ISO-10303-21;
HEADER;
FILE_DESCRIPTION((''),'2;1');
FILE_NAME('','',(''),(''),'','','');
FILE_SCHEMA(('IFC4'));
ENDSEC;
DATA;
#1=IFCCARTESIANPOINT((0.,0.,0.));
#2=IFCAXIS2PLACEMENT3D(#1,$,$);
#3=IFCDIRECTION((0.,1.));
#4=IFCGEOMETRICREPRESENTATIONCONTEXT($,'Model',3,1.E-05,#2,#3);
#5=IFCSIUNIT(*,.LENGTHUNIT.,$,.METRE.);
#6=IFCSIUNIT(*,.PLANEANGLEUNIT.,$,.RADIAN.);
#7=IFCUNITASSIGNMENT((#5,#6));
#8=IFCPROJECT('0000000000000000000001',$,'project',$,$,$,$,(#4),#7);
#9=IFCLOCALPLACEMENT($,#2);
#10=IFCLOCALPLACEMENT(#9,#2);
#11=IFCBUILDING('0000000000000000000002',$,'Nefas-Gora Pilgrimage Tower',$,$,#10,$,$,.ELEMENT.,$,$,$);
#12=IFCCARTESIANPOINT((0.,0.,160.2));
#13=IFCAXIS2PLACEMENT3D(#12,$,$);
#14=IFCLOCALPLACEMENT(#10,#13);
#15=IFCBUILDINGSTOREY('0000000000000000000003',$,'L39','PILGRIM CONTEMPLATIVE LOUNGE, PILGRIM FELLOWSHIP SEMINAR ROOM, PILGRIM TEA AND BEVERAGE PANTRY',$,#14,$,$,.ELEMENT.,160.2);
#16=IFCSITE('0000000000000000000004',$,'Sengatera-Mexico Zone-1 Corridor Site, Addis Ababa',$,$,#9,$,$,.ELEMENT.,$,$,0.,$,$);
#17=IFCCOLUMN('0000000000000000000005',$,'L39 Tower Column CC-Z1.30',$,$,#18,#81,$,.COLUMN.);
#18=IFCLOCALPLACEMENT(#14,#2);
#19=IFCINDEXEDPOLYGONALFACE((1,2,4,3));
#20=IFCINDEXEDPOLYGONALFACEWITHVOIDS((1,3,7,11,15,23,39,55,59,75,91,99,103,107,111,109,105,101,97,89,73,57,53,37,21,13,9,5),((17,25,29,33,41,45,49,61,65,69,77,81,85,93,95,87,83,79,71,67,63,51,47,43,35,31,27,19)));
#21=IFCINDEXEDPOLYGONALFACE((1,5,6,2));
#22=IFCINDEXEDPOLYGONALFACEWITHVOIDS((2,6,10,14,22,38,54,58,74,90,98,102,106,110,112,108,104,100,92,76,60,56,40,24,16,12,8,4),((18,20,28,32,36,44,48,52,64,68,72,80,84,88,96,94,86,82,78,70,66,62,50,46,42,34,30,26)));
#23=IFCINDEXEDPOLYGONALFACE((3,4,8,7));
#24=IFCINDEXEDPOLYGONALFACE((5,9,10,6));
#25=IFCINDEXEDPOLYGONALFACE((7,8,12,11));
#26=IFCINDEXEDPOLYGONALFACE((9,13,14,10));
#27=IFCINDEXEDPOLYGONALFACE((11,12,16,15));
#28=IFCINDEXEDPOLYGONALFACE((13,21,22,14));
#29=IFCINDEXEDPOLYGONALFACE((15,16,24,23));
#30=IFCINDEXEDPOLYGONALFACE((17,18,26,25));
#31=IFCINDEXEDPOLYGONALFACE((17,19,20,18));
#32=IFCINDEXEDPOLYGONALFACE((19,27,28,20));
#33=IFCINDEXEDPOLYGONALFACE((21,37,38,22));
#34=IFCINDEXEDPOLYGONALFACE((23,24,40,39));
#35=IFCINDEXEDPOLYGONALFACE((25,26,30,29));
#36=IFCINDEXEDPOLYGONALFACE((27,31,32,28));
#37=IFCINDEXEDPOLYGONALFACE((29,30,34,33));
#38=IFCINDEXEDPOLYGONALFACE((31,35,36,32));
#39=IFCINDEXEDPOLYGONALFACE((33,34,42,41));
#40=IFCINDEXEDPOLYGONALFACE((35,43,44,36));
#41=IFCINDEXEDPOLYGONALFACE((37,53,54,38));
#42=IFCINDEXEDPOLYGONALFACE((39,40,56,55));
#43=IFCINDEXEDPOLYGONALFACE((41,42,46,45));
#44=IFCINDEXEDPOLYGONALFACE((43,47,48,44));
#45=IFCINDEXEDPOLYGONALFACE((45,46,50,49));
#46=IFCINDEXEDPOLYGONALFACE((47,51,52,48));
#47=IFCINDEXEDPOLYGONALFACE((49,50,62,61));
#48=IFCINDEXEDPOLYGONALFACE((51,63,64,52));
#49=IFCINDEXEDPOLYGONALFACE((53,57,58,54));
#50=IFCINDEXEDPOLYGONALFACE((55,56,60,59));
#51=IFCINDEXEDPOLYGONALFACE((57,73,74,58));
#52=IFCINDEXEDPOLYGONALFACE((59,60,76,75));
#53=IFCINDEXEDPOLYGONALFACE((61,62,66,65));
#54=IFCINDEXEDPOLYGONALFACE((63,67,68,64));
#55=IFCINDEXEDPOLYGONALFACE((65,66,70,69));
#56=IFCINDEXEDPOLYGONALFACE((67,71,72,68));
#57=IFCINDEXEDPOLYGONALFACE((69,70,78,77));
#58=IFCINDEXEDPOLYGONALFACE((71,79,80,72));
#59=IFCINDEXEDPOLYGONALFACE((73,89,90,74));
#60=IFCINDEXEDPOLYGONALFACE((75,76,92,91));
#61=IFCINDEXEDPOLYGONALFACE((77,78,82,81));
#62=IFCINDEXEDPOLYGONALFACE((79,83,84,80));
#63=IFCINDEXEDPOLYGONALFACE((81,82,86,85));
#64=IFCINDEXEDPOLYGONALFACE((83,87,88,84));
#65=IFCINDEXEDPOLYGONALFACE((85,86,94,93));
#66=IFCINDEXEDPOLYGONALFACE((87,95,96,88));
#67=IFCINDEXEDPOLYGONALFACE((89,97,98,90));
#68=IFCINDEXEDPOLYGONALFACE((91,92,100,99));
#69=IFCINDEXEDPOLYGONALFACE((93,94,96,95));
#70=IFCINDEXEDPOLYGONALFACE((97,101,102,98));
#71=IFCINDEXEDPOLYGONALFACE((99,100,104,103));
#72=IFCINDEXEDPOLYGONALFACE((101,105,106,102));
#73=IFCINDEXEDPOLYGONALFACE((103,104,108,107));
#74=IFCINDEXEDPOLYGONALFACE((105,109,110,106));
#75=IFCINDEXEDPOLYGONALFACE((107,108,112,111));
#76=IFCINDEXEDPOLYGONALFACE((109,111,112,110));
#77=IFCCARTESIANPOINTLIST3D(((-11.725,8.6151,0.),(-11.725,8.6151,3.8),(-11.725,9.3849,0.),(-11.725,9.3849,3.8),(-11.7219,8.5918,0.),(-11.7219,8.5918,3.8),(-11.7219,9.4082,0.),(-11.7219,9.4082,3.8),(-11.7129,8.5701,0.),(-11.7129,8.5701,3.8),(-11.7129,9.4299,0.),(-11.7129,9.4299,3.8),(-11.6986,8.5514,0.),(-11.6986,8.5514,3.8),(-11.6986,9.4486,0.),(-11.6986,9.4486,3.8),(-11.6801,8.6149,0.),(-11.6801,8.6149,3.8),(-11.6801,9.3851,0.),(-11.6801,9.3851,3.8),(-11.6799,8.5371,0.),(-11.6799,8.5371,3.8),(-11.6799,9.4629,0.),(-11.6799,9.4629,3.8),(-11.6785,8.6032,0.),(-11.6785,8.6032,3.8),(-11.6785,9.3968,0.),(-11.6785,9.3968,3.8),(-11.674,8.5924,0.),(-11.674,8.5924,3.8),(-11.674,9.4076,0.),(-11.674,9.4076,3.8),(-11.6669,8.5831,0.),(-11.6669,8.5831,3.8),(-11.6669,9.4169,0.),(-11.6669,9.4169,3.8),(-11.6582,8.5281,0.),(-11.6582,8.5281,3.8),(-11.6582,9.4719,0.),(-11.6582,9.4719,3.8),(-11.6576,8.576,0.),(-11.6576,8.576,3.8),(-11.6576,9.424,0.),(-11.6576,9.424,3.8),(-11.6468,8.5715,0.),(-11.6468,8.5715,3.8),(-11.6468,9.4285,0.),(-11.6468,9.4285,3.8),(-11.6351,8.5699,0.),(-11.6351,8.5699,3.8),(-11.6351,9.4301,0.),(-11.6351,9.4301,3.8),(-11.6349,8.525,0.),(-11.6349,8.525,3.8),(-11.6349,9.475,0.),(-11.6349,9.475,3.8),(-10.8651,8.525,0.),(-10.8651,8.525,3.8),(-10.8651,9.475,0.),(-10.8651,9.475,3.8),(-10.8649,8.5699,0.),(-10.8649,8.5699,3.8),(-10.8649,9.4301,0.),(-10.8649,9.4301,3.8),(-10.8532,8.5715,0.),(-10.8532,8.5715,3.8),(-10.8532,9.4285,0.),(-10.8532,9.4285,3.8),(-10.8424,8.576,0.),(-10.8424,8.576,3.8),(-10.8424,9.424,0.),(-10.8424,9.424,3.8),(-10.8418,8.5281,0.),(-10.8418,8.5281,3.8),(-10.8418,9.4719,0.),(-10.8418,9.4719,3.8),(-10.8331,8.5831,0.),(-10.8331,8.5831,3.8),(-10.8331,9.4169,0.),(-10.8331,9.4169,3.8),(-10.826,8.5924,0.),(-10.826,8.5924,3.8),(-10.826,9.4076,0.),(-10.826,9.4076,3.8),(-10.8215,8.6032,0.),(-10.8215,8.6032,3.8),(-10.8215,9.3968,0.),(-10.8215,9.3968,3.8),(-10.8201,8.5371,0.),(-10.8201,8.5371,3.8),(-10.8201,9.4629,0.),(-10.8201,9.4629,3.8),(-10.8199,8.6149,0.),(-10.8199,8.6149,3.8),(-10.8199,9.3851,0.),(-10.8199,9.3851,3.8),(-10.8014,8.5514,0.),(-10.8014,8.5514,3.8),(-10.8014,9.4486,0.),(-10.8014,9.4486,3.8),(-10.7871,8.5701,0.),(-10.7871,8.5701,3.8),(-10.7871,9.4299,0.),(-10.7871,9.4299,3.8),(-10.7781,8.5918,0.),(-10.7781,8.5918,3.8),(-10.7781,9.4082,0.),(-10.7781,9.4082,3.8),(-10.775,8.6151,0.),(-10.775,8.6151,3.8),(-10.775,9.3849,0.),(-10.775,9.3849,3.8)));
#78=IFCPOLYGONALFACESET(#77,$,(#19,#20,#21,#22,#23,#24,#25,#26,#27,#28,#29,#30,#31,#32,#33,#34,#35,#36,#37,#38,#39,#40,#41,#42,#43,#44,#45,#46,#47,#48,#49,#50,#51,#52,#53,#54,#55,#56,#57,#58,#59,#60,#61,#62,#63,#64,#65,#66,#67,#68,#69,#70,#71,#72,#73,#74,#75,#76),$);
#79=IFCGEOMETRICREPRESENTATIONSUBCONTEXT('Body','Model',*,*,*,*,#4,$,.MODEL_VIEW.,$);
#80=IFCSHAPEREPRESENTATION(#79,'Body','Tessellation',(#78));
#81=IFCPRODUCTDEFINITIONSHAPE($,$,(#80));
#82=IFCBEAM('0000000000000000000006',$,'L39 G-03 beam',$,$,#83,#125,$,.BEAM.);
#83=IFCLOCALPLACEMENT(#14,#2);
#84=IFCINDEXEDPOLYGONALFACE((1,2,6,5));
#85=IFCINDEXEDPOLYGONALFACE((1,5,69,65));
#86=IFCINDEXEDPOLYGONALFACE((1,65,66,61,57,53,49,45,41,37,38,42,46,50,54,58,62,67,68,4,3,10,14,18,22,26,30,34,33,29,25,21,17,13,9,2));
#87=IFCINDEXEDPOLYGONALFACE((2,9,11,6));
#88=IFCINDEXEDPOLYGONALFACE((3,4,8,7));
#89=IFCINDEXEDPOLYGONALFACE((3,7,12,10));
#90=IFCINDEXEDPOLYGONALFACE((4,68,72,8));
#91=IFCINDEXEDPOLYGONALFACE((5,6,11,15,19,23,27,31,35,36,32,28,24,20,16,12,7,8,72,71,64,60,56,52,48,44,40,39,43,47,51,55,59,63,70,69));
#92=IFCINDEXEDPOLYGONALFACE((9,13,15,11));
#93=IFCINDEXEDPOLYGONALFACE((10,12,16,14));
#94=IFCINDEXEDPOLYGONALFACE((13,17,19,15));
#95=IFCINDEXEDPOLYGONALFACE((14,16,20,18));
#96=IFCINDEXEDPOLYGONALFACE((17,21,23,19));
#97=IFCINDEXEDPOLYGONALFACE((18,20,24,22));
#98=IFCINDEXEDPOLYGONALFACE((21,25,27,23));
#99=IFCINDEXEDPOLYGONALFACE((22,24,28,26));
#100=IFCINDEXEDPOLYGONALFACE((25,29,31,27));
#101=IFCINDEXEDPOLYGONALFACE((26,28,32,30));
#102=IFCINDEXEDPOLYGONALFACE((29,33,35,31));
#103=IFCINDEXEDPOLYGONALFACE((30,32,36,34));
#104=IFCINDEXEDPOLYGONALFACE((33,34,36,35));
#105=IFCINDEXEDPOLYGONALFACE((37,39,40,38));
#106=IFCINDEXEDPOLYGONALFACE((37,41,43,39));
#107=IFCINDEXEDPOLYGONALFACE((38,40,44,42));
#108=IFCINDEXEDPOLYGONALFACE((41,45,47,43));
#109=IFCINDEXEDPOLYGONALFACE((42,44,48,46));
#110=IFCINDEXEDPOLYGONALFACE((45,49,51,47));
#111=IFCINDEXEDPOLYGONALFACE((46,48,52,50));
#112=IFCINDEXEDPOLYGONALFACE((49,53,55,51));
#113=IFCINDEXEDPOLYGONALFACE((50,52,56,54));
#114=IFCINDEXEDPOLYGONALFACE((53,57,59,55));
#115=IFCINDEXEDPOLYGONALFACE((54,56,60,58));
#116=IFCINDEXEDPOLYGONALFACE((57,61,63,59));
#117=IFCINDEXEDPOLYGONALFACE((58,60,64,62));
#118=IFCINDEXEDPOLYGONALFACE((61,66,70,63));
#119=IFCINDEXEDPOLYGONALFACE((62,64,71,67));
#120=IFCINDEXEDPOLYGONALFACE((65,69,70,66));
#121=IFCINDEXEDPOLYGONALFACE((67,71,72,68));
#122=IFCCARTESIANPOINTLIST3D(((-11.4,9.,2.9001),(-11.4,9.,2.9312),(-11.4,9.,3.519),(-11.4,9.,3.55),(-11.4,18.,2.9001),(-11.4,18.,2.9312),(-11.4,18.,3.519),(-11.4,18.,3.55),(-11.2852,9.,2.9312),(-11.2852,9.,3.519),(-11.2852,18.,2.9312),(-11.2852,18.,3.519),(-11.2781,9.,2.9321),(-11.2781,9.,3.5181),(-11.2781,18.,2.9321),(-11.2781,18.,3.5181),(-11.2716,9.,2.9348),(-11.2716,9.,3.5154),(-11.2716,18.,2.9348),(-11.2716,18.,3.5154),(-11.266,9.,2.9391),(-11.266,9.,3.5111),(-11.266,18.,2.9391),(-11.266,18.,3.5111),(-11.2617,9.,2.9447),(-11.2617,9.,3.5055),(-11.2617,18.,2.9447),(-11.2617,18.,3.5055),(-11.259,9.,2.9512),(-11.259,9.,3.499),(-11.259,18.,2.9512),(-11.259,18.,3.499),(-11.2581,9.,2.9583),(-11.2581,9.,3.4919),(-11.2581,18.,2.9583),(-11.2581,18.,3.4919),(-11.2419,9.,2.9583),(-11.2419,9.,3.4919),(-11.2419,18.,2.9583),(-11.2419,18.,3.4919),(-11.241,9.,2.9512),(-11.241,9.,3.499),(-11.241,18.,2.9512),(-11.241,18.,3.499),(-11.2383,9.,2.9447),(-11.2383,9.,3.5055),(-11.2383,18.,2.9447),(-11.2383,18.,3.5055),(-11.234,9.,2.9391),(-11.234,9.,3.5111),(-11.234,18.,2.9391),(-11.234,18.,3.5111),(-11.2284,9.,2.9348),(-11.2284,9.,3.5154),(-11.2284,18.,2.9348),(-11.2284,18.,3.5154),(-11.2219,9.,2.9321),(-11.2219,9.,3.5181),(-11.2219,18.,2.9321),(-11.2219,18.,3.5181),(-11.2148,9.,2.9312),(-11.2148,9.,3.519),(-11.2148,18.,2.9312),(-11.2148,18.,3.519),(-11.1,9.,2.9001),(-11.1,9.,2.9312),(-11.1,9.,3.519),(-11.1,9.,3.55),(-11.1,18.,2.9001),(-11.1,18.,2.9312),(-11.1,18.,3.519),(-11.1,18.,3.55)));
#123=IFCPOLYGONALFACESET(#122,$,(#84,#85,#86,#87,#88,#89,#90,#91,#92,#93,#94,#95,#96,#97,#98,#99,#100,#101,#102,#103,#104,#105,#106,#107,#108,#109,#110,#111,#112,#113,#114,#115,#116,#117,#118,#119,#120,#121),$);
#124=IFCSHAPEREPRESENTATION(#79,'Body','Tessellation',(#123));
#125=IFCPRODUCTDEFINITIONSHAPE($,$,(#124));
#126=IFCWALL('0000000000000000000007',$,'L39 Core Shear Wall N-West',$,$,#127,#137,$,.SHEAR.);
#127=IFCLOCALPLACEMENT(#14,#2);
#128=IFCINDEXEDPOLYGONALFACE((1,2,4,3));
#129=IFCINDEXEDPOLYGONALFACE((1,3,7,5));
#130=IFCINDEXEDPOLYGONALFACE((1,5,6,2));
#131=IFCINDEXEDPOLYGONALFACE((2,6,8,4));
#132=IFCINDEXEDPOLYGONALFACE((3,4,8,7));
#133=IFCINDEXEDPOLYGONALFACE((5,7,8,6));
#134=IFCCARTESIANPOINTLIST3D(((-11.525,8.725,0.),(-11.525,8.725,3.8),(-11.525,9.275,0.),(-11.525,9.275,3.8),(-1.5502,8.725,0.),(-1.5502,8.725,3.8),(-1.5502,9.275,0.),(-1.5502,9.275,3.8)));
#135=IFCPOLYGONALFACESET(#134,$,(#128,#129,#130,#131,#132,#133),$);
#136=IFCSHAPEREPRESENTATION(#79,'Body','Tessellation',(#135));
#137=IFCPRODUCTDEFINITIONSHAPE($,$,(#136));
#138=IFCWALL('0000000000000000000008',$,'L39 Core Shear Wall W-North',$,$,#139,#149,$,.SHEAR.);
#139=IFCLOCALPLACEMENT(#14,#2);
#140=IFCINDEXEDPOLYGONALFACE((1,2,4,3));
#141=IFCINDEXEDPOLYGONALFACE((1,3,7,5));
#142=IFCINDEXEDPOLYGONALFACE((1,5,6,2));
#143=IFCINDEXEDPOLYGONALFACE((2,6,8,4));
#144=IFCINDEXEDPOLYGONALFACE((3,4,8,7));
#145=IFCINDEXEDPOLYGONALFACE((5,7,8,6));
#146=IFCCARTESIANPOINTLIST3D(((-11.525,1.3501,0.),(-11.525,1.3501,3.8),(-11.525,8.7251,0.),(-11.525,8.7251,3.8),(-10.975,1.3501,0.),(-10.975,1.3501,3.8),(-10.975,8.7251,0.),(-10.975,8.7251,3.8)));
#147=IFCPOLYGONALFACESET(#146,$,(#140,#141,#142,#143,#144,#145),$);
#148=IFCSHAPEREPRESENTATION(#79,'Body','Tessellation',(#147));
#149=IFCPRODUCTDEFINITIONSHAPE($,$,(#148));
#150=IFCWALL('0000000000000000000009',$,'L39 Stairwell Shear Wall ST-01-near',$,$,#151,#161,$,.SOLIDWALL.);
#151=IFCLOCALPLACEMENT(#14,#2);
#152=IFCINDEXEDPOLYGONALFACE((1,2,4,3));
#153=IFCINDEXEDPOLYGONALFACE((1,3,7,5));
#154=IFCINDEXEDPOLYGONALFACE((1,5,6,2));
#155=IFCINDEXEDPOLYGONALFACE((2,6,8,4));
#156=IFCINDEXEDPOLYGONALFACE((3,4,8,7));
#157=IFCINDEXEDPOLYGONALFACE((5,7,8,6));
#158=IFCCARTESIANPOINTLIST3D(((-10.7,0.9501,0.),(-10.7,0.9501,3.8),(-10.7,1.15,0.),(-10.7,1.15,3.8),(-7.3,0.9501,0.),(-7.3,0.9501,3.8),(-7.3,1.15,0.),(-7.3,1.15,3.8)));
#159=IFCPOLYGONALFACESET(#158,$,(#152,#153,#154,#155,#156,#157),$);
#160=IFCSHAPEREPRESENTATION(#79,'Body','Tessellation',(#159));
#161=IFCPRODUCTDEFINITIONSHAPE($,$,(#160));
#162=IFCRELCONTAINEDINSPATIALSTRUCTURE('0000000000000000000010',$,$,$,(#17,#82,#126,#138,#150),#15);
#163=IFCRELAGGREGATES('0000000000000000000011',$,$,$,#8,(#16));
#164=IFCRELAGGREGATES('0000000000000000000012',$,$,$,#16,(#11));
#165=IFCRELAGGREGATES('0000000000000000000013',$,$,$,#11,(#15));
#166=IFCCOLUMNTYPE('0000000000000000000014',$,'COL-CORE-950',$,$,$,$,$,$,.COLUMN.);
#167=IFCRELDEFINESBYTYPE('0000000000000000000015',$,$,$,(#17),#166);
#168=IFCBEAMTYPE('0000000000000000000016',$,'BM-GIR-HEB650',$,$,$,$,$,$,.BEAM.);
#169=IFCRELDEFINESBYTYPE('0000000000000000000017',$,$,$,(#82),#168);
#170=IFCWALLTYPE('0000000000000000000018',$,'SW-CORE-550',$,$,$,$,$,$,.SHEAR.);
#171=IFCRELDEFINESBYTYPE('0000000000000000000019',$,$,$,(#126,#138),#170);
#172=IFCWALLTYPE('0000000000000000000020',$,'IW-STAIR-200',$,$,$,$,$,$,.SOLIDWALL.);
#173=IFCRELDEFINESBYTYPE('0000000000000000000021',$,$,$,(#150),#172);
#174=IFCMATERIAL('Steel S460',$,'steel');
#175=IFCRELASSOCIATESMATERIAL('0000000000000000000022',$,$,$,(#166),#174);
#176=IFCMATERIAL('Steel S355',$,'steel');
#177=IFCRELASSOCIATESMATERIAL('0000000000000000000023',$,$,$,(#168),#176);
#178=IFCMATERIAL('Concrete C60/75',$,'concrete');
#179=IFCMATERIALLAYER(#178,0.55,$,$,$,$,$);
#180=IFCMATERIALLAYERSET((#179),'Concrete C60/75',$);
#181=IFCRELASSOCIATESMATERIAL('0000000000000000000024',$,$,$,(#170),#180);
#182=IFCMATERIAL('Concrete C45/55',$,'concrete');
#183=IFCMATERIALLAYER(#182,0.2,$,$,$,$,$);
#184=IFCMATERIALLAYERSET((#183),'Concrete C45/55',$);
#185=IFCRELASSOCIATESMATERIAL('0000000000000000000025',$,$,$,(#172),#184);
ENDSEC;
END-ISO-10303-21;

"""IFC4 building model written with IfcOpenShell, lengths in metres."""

from ifc_helpers import new_model, si_unit, direction, frame, frame_2d, origin, origin_2d, place, context, subcontext, project, spatial, rectangle, hollow_rectangle, i_section, extrude, source, transform, mapped, material, layer, layer_set, material_profile, profile_set, type_object, element, save


model = new_model("IFC4")

# Units and contexts
model_context = context("Model", 3, precision=1e-05, world=origin(), true_north=direction((0.0, 1.0)))
body_context = subcontext(model_context, "Body", "Model", "MODEL_VIEW")
ifc_project = project(units=[si_unit("LENGTHUNIT", "METRE"), si_unit("PLANEANGLEUNIT", "RADIAN")], contexts=[model_context])

# Site, building, storey
site_placement = place(None, origin())
site = spatial("IfcSite", under=ifc_project, at=site_placement, Name="Sengatera-Mexico Zone-1 Corridor Site, Addis Ababa", CompositionType="ELEMENT", RefElevation=0.0)
building_placement = place(site_placement, origin())
building = spatial("IfcBuilding", under=site, at=building_placement, Name="Nefas-Gora Pilgrimage Tower", CompositionType="ELEMENT")
storey_placement = place(building_placement, frame((0.0, 0.0, 160.2)))
storey = spatial("IfcBuildingStorey", under=building, at=storey_placement, Name="L39", Description="PILGRIM CONTEMPLATIVE LOUNGE, PILGRIM FELLOWSHIP SEMINAR ROOM, PILGRIM TEA AND BEVERAGE PANTRY", CompositionType="ELEMENT", Elevation=160.2)

# Column
ifc_material_1 = material(Name="Steel S460", Category="steel")
ifc_material_profile_1 = material_profile(ifc_material_1, hollow_rectangle(XDim=0.95, YDim=0.95, WallThickness=0.0449, InnerFilletRadius=0.0449, OuterFilletRadius=0.0901, at=origin_2d()), Name="BOX 950x950x45")
ifc_profile_set_1 = profile_set([ifc_material_profile_1], Name="Steel S460")
column_type = type_object("IfcColumnType", Name="COL-CORE-950", PredefinedType="COLUMN", material=ifc_profile_set_1)
shared_shape_1 = source(origin(), body_context, "Body", "SweptSolid", [
    extrude(hollow_rectangle(XDim=0.95, YDim=0.95, WallThickness=0.0449, InnerFilletRadius=0.0449, OuterFilletRadius=0.0901, at=origin_2d()), origin(), (0.0, 0.0, 1.0), 3.8),
])
column_placement = place(storey_placement, frame((-11.25, 9.0, 0.0), z_axis=(0.0, 0.0, 1.0), x_axis=(1.0, 0.0, 0.0)))
element("IfcColumn", 1, at=column_placement, inside=storey, type_object=column_type, Name="L39 Tower Column CC-Z1.30", PredefinedType="COLUMN", context=body_context, shape_type="MappedRepresentation", body=[
    mapped(shared_shape_1, transform((0.0, 0.0, 0.0), x_axis=(1.0, 0.0, 0.0), y_axis=(0.0, 1.0, 0.0), z_axis=(0.0, 0.0, 1.0), scale=1.0)),
])

# Beam
ifc_material_2 = material(Name="Steel S355", Category="steel")
ifc_material_profile_2 = material_profile(ifc_material_2, i_section(OverallWidth=0.3, OverallDepth=0.6499, WebThickness=0.0161, FlangeThickness=0.031, FilletRadius=0.0271, at=origin_2d()), Name="HEB 650")
ifc_profile_set_2 = profile_set([ifc_material_profile_2], Name="Steel S355")
beam_type = type_object("IfcBeamType", Name="BM-GIR-HEB650", PredefinedType="BEAM", material=ifc_profile_set_2)
shared_shape_2 = source(origin(), body_context, "Body", "SweptSolid", [
    extrude(i_section(OverallWidth=0.3, OverallDepth=0.6499, WebThickness=0.0161, FlangeThickness=0.031, FilletRadius=0.0271, at=origin_2d()), origin(), (0.0, 0.0, 1.0), 9.0),
])
beam_placement = place(storey_placement, frame((-11.25, 9.0, 3.2251), z_axis=(0.0, 1.0, 0.0), x_axis=(-1.0, 0.0, 0.0)))
element("IfcBeam", 2, at=beam_placement, inside=storey, type_object=beam_type, Name="L39 G-03 beam", PredefinedType="BEAM", context=body_context, shape_type="MappedRepresentation", body=[
    mapped(shared_shape_2, transform((0.0, 0.0, 0.0), x_axis=(1.0, 0.0, 0.0), y_axis=(0.0, 1.0, 0.0), z_axis=(0.0, 0.0, 1.0), scale=1.0)),
])

# Walls
ifc_material_3 = material(Name="Concrete C60/75", Category="concrete")
ifc_layer_1 = layer(ifc_material_3, 0.55)
ifc_layer_set_1 = layer_set([ifc_layer_1], Name="Concrete C60/75")
wall_type_1 = type_object("IfcWallType", Name="SW-CORE-550", PredefinedType="SHEAR", material=ifc_layer_set_1)
shared_shape_3 = source(origin(), body_context, "Body", "SweptSolid", [
    extrude(rectangle(XDim=9.9749, YDim=0.55, at=frame_2d((4.9873, 0.0))), origin(), (0.0, 0.0, 1.0), 3.8),
])
wall_1_placement = place(storey_placement, frame((-11.5249, 9.0, 0.0), z_axis=(0.0, 0.0, 1.0), x_axis=(1.0, 0.0, 0.0)))
element("IfcWall", 3, at=wall_1_placement, inside=storey, type_object=wall_type_1, Name="L39 Core Shear Wall N-West", PredefinedType="SHEAR", context=body_context, shape_type="MappedRepresentation", body=[
    mapped(shared_shape_3, transform((0.0, 0.0, 0.0), x_axis=(1.0, 0.0, 0.0), y_axis=(0.0, 1.0, 0.0), z_axis=(0.0, 0.0, 1.0), scale=1.0)),
])
shared_shape_4 = source(origin(), body_context, "Body", "SweptSolid", [
    extrude(rectangle(XDim=7.375, YDim=0.55, at=frame_2d((3.6875, 0.0))), origin(), (0.0, 0.0, 1.0), 3.8),
])
wall_2_placement = place(storey_placement, frame((-11.25, 1.3501, 0.0), z_axis=(0.0, 0.0, 1.0), x_axis=(0.0, 1.0, 0.0)))
element("IfcWall", 4, at=wall_2_placement, inside=storey, type_object=wall_type_1, Name="L39 Core Shear Wall W-North", PredefinedType="SHEAR", context=body_context, shape_type="MappedRepresentation", body=[
    mapped(shared_shape_4, transform((0.0, 0.0, 0.0), x_axis=(1.0, 0.0, 0.0), y_axis=(0.0, 1.0, 0.0), z_axis=(0.0, 0.0, 1.0), scale=1.0)),
])
ifc_material_4 = material(Name="Concrete C45/55", Category="concrete")
ifc_layer_2 = layer(ifc_material_4, 0.2)
ifc_layer_set_2 = layer_set([ifc_layer_2], Name="Concrete C45/55")
wall_type_2 = type_object("IfcWallType", Name="IW-STAIR-200", PredefinedType="SOLIDWALL", material=ifc_layer_set_2)
shared_shape_5 = source(origin(), body_context, "Body", "SweptSolid", [
    extrude(rectangle(XDim=3.3999, YDim=0.2, at=frame_2d((1.7, 0.0))), origin(), (0.0, 0.0, 1.0), 3.8),
])
wall_3_placement = place(storey_placement, frame((-7.3, 1.05, 0.0), z_axis=(0.0, 0.0, 1.0), x_axis=(-1.0, 0.0, 0.0)))
element("IfcWall", 5, at=wall_3_placement, inside=storey, type_object=wall_type_2, Name="L39 Stairwell Shear Wall ST-01-near", PredefinedType="SOLIDWALL", context=body_context, shape_type="MappedRepresentation", body=[
    mapped(shared_shape_5, transform((0.0, 0.0, 0.0), x_axis=(1.0, 0.0, 0.0), y_axis=(0.0, 1.0, 0.0), z_axis=(0.0, 0.0, 1.0), scale=1.0)),
])

save(model, "model.ifc")
